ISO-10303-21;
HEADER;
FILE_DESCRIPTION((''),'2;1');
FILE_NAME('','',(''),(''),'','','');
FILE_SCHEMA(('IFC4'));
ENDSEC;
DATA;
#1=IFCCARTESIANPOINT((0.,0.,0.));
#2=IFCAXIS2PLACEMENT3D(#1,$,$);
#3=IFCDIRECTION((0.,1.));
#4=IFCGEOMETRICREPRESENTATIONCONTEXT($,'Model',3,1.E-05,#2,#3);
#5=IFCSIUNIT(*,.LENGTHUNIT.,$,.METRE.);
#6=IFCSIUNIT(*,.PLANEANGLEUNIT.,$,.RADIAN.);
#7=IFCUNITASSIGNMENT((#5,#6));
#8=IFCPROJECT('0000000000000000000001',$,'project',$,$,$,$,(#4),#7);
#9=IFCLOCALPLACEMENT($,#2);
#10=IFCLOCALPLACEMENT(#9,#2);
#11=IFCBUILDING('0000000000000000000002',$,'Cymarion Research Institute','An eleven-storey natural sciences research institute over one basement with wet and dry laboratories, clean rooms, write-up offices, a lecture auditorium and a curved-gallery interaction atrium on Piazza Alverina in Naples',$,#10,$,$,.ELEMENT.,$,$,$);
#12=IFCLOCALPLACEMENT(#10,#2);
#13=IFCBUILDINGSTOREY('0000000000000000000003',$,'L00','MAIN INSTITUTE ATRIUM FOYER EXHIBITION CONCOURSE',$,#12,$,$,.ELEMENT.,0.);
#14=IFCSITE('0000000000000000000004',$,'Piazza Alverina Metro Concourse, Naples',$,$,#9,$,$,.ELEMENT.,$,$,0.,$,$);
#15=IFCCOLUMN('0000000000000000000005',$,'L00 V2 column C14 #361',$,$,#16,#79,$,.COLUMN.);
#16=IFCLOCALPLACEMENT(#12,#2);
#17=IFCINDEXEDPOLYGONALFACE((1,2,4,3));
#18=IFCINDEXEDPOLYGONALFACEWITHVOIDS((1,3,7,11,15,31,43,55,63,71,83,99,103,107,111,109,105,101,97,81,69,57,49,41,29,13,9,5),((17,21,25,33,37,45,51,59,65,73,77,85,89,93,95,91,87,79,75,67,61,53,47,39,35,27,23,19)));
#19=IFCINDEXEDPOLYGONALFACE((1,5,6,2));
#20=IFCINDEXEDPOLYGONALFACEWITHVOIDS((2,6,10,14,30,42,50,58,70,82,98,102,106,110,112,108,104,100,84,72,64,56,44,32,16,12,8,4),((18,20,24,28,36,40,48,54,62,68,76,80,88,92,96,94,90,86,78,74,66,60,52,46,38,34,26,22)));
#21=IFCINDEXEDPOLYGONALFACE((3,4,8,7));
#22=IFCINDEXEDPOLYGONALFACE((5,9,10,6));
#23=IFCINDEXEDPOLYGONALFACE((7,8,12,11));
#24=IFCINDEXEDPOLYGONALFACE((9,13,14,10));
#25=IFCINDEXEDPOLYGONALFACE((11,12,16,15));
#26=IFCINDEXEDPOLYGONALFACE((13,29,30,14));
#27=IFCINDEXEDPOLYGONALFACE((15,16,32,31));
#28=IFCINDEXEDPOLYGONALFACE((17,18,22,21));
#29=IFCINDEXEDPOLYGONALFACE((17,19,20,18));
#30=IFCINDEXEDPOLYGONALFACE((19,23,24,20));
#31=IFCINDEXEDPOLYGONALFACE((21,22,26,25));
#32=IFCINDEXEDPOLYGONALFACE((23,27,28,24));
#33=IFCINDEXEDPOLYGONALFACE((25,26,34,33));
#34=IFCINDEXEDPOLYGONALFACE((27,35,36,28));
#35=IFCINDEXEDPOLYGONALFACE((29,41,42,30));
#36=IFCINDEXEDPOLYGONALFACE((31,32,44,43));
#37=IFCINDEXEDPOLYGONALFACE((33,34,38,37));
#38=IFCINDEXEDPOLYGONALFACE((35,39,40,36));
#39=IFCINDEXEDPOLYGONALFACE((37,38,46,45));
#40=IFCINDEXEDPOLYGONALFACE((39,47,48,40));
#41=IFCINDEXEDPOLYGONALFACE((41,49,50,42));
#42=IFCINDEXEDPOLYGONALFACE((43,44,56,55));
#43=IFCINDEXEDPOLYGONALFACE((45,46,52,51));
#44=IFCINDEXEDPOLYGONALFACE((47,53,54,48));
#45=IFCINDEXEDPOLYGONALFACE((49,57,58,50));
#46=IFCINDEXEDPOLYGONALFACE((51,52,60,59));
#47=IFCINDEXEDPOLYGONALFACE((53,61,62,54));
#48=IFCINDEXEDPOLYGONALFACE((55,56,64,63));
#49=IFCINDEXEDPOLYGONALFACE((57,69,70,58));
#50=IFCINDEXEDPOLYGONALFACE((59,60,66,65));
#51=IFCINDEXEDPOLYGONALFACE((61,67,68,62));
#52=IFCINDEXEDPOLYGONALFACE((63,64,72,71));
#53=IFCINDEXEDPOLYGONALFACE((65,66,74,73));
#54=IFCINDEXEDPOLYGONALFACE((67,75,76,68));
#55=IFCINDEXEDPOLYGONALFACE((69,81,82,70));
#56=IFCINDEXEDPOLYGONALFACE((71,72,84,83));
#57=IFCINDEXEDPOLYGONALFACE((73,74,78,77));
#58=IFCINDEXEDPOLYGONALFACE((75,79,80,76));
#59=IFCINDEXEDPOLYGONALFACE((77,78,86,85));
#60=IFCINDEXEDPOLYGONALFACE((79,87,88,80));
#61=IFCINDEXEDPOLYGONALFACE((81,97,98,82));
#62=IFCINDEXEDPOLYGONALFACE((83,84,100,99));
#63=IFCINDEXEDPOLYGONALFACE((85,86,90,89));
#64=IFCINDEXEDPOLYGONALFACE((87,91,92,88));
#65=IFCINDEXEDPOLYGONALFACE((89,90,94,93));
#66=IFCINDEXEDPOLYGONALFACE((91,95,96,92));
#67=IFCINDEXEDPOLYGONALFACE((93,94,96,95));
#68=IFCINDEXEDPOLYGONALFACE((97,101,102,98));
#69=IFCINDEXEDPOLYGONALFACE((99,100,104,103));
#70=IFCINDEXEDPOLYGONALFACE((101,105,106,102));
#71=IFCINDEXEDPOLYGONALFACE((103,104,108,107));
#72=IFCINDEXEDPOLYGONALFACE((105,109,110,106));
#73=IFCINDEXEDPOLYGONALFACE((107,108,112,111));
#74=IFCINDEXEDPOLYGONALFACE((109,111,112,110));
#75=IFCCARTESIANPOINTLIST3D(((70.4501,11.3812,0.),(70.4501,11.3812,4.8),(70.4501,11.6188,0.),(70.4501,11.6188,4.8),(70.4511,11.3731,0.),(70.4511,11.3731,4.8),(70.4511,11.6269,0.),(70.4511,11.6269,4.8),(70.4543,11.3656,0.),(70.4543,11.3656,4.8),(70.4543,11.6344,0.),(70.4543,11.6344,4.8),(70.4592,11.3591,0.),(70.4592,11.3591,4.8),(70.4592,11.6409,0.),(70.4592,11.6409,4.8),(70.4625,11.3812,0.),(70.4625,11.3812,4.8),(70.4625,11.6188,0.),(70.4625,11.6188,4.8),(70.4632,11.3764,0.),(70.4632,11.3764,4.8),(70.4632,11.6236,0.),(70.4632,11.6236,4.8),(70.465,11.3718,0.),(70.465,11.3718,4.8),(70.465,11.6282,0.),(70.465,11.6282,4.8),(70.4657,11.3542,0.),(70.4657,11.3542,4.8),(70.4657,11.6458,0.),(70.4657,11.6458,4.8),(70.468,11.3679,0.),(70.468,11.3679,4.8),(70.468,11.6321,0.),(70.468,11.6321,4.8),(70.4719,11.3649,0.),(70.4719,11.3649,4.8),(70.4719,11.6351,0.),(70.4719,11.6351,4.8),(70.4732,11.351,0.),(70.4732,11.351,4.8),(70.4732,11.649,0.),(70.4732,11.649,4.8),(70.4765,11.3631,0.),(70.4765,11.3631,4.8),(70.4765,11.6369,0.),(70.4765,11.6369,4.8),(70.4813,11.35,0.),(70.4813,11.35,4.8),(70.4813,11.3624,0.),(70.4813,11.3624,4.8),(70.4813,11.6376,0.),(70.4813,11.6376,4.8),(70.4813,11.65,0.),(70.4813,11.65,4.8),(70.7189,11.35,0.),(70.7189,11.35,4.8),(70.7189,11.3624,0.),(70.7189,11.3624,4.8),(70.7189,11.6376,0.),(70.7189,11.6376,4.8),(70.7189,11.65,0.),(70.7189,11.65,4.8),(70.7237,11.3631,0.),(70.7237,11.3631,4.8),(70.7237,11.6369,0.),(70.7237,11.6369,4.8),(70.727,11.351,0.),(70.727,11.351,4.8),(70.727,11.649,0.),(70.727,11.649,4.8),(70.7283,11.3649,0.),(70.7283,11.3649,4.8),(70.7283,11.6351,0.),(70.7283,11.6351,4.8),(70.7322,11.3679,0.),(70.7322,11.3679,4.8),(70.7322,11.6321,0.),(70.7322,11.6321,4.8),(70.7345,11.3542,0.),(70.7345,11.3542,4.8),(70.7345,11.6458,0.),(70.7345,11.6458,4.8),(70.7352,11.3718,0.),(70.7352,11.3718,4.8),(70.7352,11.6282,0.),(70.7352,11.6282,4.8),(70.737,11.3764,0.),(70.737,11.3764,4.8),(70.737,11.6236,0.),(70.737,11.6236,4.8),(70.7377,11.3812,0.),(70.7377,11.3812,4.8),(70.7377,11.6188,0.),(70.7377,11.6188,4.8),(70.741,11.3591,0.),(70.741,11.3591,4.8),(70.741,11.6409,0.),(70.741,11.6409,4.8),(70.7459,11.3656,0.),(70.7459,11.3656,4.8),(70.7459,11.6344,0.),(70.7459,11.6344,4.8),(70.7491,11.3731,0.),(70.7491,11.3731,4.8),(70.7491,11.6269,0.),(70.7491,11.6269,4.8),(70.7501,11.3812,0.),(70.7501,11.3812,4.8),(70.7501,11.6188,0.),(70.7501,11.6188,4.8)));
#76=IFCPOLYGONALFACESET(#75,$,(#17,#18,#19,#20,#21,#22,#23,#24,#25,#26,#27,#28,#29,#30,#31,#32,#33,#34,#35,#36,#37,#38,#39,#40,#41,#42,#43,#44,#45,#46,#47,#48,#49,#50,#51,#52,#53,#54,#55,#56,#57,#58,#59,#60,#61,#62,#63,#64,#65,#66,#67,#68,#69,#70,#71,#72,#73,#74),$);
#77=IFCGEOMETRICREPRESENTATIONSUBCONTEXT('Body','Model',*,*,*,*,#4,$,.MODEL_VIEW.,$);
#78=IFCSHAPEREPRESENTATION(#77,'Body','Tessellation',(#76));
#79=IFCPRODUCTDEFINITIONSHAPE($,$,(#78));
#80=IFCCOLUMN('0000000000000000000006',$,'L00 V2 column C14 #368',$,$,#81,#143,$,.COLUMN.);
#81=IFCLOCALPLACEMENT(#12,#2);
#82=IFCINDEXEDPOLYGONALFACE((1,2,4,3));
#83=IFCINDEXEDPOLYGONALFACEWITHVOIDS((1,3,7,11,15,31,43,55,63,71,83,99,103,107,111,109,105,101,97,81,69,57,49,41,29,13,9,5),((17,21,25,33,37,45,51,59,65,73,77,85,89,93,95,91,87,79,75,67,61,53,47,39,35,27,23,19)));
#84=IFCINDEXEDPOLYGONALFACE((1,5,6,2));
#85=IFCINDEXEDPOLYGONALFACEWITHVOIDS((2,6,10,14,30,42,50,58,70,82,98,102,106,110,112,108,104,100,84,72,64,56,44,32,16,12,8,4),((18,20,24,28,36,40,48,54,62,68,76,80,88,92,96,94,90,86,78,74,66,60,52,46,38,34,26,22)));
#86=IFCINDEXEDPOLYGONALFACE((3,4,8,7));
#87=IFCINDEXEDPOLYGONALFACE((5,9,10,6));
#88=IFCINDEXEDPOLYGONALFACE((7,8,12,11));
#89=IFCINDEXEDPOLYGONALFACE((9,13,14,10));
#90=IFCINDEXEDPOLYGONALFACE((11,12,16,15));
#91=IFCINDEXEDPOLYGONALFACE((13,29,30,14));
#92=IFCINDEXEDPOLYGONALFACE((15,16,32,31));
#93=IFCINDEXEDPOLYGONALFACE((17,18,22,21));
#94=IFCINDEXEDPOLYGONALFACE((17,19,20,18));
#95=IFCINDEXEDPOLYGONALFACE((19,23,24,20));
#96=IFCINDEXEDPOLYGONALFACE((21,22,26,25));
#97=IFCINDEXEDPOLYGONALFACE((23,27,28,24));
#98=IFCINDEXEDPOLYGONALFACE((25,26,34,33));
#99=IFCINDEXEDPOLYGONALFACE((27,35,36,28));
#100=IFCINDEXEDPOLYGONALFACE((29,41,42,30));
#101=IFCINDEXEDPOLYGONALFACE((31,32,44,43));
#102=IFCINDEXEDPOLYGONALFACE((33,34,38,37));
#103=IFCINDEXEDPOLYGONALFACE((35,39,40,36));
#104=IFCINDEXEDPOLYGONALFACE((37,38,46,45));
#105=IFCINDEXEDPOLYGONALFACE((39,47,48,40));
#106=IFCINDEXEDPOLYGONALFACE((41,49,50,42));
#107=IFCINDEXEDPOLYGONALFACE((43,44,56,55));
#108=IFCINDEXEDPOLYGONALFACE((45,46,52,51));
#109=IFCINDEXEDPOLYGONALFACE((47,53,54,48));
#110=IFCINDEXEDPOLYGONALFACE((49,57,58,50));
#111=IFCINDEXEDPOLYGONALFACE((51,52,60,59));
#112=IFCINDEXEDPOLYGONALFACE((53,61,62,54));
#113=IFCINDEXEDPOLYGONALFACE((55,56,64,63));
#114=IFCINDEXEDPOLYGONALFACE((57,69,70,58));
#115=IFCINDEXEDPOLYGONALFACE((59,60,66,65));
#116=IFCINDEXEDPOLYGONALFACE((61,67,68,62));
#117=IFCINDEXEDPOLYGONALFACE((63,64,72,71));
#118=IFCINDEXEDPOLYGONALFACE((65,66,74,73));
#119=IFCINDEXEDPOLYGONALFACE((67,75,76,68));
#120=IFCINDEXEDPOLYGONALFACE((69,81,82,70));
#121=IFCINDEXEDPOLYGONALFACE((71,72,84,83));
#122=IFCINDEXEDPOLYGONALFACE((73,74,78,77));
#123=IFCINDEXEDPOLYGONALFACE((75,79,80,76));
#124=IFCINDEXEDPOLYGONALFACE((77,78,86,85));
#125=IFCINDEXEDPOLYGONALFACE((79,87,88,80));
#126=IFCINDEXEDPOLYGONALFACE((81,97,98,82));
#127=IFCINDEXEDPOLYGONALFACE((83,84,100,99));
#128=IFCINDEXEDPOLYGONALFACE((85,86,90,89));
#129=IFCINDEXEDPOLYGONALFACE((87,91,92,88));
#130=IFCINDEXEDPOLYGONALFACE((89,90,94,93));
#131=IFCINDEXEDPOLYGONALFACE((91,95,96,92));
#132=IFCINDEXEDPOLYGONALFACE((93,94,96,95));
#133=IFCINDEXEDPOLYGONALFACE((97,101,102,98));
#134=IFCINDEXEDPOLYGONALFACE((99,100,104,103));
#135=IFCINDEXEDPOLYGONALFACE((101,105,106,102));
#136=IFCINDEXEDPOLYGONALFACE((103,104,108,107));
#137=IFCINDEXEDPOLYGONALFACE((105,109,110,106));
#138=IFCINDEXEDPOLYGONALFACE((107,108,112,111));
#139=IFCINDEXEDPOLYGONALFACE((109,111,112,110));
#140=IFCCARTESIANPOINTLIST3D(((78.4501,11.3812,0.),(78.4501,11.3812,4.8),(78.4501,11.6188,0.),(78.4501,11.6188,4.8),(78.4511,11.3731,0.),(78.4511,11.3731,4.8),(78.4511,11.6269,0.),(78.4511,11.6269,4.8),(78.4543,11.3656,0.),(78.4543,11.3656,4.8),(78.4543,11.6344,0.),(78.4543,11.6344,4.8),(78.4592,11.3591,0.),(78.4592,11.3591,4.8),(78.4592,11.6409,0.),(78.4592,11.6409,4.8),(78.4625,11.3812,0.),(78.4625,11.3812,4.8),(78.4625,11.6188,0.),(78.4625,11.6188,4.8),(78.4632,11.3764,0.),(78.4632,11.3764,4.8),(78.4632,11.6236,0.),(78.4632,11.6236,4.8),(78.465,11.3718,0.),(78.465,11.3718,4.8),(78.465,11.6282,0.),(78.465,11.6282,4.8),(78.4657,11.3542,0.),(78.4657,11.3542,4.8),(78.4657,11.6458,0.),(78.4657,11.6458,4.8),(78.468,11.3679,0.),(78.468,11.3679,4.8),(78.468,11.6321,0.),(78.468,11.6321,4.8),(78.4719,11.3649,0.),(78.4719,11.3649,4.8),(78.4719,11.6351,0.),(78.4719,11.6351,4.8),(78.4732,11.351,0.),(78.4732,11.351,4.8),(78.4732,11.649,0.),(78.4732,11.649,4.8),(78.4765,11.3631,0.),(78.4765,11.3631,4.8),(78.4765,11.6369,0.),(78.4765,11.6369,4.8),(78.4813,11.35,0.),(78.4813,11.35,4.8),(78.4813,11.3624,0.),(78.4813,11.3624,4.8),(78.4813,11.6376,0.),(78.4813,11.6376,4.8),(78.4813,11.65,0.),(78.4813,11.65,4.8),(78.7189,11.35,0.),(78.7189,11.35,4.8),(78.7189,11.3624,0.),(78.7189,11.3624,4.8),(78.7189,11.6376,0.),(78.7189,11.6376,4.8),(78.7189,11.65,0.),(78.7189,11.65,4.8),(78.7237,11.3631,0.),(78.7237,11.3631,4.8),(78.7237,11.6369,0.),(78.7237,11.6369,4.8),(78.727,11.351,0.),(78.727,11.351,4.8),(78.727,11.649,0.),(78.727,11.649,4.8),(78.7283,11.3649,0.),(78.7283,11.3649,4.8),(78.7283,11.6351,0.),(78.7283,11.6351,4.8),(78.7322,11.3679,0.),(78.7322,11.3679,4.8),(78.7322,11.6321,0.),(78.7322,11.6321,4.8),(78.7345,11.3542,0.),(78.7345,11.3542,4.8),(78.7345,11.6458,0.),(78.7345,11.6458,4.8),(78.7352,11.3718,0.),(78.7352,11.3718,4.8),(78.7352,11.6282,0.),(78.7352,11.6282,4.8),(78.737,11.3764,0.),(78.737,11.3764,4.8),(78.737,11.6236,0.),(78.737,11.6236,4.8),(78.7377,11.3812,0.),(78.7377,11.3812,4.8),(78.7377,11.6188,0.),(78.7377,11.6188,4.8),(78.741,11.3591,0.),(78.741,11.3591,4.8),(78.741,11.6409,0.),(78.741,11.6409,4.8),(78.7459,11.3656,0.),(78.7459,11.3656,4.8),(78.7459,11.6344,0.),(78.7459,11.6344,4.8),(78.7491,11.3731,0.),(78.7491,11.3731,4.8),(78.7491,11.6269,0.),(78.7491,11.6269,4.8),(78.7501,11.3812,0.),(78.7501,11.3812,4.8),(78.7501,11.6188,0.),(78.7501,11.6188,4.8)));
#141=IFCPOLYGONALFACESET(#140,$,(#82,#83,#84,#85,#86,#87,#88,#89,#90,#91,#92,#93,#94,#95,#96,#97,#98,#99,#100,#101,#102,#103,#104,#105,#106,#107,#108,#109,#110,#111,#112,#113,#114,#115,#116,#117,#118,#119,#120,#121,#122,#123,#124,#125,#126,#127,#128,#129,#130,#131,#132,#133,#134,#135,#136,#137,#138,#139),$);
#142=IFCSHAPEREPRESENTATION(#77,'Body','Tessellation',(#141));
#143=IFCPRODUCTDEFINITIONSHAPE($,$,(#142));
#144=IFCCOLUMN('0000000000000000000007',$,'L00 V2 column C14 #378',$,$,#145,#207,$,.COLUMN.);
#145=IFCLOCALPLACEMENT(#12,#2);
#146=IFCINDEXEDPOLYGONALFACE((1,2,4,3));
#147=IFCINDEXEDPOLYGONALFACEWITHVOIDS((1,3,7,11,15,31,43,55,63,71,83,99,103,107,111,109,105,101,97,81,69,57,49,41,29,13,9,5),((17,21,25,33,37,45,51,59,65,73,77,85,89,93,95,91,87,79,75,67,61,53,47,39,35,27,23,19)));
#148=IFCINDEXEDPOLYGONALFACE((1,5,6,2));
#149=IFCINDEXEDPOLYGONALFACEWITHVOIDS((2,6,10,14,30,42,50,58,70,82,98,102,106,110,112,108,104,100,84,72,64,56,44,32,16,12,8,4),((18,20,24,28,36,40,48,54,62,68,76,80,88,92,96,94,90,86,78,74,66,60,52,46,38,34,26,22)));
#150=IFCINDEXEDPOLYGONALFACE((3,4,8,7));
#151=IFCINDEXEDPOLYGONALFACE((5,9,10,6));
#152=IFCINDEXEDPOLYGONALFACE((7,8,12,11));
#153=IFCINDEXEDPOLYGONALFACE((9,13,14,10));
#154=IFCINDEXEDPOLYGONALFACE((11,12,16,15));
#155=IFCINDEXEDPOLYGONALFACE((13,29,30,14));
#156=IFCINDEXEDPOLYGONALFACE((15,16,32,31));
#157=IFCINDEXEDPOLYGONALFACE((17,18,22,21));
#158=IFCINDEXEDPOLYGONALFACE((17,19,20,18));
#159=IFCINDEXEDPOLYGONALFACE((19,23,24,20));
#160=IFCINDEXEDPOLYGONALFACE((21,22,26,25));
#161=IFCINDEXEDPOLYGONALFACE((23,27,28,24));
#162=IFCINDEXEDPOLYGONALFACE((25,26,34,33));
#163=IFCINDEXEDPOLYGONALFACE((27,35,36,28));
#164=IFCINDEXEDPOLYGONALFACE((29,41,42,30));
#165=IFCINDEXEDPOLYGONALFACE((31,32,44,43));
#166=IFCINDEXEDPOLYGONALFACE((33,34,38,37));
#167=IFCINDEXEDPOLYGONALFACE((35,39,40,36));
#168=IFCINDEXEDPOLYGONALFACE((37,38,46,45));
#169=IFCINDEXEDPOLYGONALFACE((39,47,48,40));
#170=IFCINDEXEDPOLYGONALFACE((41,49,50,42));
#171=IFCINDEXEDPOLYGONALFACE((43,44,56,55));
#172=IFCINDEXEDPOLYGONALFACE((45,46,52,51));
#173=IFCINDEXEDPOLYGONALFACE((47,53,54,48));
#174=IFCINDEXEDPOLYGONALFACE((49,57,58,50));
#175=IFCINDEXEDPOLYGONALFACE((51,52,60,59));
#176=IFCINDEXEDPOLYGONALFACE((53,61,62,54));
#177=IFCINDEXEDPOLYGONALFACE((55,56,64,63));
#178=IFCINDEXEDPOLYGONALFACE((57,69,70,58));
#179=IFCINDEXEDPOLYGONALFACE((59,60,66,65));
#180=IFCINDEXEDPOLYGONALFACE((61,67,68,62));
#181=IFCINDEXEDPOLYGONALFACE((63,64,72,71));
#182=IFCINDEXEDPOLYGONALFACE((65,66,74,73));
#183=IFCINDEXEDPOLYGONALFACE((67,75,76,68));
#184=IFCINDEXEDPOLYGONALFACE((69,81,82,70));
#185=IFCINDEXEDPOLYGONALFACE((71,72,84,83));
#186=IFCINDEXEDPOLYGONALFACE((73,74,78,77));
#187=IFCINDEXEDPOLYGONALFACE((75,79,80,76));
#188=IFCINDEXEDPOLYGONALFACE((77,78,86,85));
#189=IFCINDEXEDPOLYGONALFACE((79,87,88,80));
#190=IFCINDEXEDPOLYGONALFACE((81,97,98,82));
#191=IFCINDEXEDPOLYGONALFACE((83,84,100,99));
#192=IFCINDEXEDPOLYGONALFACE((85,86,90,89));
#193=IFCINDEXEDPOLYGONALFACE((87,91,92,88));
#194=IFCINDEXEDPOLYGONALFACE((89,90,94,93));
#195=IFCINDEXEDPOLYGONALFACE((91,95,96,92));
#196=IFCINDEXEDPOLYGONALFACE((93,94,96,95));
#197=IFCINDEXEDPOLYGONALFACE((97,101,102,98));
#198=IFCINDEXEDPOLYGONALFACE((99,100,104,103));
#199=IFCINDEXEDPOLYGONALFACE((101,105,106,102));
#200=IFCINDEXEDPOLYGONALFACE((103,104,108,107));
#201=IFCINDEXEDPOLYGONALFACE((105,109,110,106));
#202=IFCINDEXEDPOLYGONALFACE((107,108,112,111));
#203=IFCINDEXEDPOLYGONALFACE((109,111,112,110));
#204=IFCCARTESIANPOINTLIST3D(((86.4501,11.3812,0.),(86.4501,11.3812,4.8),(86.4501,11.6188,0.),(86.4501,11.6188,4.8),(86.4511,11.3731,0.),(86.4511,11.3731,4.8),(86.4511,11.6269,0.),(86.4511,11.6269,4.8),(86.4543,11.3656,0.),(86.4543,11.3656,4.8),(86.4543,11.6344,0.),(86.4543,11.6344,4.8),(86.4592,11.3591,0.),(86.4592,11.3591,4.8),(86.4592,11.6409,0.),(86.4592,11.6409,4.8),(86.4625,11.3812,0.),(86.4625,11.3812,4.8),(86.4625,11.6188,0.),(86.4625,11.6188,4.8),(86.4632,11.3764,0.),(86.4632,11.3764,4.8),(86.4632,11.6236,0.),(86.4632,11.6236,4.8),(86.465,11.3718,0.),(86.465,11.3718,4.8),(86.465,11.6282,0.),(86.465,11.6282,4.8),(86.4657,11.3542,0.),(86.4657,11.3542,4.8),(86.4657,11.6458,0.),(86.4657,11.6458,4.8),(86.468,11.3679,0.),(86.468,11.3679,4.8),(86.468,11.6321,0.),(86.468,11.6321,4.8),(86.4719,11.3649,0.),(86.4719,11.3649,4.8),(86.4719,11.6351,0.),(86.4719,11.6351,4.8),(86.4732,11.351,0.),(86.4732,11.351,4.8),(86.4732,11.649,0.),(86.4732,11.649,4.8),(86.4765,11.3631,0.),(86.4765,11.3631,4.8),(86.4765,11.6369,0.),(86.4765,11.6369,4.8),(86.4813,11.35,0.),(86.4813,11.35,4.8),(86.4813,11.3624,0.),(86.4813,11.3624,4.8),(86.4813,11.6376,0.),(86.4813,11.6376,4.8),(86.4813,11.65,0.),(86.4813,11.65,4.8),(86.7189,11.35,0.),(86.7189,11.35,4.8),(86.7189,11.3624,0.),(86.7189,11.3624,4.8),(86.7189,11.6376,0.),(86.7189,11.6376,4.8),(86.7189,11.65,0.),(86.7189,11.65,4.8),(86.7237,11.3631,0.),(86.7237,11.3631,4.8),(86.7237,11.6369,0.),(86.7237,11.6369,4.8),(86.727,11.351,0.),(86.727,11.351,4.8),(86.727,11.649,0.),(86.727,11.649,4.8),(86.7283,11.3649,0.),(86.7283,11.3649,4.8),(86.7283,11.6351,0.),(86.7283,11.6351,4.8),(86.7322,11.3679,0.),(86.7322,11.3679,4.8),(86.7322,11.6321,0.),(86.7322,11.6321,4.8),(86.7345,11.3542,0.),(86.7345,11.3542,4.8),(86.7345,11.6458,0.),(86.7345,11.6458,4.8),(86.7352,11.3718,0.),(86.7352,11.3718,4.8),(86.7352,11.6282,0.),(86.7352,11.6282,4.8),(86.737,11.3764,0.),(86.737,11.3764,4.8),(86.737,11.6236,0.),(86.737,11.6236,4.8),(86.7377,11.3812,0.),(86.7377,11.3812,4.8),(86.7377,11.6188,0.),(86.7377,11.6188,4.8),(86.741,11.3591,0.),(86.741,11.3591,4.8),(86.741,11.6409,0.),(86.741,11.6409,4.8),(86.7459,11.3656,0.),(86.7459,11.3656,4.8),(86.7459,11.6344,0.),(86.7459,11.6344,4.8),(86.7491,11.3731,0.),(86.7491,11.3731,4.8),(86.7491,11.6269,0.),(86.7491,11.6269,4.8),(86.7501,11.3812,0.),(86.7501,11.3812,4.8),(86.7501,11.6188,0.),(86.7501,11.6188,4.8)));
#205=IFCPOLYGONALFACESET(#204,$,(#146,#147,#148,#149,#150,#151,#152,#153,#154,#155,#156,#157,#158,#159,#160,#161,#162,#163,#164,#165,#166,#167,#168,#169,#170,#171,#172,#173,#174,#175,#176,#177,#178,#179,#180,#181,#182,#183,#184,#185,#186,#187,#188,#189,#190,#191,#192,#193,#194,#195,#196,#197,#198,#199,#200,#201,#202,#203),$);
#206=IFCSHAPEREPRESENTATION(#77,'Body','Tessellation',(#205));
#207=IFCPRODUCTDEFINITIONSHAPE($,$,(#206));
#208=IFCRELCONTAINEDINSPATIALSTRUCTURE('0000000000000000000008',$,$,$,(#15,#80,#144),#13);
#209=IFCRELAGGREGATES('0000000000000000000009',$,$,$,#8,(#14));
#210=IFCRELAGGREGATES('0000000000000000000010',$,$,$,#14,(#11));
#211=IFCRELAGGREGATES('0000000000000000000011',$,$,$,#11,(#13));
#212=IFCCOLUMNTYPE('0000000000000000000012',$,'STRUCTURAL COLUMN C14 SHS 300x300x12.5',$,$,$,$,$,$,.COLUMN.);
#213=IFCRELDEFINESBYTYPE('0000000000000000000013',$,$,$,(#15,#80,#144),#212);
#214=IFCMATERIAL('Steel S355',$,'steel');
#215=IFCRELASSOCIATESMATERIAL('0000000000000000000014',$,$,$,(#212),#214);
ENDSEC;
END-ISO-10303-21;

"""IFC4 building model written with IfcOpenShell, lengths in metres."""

from ifc_helpers import new_model, si_unit, direction, frame, origin, origin_2d, place, context, subcontext, project, spatial, hollow_rectangle, extrude, material, material_profile, profile_set, type_object, element, save


model = new_model("IFC4")

# Units and contexts
model_context = context("Model", 3, precision=1e-05, world=origin(), true_north=direction((0.0, 1.0)))
body_context = subcontext(model_context, "Body", "Model", "MODEL_VIEW")
ifc_project = project(units=[si_unit("LENGTHUNIT", "METRE"), si_unit("PLANEANGLEUNIT", "RADIAN")], contexts=[model_context])

# Site, building, storey
site_placement = place(None, origin())
site = spatial("IfcSite", under=ifc_project, at=site_placement, Name="Piazza Alverina Metro Concourse, Naples", CompositionType="ELEMENT", RefElevation=0.0)
building_placement = place(site_placement, origin())
building = spatial("IfcBuilding", under=site, at=building_placement, Name="Cymarion Research Institute", Description="An eleven-storey natural sciences research institute over one basement with wet and dry laboratories, clean rooms, write-up offices, a lecture auditorium and a curved-gallery interaction atrium on Piazza Alverina in Naples", CompositionType="ELEMENT")
storey_placement = place(building_placement, origin())
storey = spatial("IfcBuildingStorey", under=building, at=storey_placement, Name="L00", Description="MAIN INSTITUTE ATRIUM FOYER EXHIBITION CONCOURSE", CompositionType="ELEMENT", Elevation=0.0)

# Columns
ifc_material_1 = material(Name="Steel S355", Category="steel")
ifc_material_profile_1 = material_profile(ifc_material_1, hollow_rectangle(XDim=0.3, YDim=0.3, WallThickness=0.0125, InnerFilletRadius=0.0188, OuterFilletRadius=0.0312, at=origin_2d()), Name="SHS 300x300x12.5")
ifc_profile_set_1 = profile_set([ifc_material_profile_1], Name="Steel S355")
column_type_1 = type_object("IfcColumnType", Name="STRUCTURAL COLUMN C14 SHS 300x300x12.5", PredefinedType="COLUMN", material=ifc_profile_set_1)
for number, where, z_axis, x_axis, name in (
    (1, (70.6001, 11.5, 0.0), (0.0, 0.0, 1.0), (1.0, 0.0, 0.0), "L00 V2 column C14 #361"),
    (2, (78.6001, 11.5, 0.0), (0.0, 0.0, 1.0), (1.0, 0.0, 0.0), "L00 V2 column C14 #368"),
    (3, (86.6001, 11.5, 0.0), (0.0, 0.0, 1.0), (1.0, 0.0, 0.0), "L00 V2 column C14 #378"),
):
    element("IfcColumn", number, at=place(storey_placement, frame(where, z_axis=z_axis, x_axis=x_axis)), inside=storey, type_object=column_type_1, Name=name, PredefinedType="COLUMN", context=body_context, shape_type="SweptSolid", body=[
        extrude(hollow_rectangle(XDim=0.3, YDim=0.3, WallThickness=0.0125, InnerFilletRadius=0.0188, OuterFilletRadius=0.0312, at=origin_2d()), origin(), (0.0, 0.0, 1.0), 4.8),
    ])

save(model, "model.ifc")
